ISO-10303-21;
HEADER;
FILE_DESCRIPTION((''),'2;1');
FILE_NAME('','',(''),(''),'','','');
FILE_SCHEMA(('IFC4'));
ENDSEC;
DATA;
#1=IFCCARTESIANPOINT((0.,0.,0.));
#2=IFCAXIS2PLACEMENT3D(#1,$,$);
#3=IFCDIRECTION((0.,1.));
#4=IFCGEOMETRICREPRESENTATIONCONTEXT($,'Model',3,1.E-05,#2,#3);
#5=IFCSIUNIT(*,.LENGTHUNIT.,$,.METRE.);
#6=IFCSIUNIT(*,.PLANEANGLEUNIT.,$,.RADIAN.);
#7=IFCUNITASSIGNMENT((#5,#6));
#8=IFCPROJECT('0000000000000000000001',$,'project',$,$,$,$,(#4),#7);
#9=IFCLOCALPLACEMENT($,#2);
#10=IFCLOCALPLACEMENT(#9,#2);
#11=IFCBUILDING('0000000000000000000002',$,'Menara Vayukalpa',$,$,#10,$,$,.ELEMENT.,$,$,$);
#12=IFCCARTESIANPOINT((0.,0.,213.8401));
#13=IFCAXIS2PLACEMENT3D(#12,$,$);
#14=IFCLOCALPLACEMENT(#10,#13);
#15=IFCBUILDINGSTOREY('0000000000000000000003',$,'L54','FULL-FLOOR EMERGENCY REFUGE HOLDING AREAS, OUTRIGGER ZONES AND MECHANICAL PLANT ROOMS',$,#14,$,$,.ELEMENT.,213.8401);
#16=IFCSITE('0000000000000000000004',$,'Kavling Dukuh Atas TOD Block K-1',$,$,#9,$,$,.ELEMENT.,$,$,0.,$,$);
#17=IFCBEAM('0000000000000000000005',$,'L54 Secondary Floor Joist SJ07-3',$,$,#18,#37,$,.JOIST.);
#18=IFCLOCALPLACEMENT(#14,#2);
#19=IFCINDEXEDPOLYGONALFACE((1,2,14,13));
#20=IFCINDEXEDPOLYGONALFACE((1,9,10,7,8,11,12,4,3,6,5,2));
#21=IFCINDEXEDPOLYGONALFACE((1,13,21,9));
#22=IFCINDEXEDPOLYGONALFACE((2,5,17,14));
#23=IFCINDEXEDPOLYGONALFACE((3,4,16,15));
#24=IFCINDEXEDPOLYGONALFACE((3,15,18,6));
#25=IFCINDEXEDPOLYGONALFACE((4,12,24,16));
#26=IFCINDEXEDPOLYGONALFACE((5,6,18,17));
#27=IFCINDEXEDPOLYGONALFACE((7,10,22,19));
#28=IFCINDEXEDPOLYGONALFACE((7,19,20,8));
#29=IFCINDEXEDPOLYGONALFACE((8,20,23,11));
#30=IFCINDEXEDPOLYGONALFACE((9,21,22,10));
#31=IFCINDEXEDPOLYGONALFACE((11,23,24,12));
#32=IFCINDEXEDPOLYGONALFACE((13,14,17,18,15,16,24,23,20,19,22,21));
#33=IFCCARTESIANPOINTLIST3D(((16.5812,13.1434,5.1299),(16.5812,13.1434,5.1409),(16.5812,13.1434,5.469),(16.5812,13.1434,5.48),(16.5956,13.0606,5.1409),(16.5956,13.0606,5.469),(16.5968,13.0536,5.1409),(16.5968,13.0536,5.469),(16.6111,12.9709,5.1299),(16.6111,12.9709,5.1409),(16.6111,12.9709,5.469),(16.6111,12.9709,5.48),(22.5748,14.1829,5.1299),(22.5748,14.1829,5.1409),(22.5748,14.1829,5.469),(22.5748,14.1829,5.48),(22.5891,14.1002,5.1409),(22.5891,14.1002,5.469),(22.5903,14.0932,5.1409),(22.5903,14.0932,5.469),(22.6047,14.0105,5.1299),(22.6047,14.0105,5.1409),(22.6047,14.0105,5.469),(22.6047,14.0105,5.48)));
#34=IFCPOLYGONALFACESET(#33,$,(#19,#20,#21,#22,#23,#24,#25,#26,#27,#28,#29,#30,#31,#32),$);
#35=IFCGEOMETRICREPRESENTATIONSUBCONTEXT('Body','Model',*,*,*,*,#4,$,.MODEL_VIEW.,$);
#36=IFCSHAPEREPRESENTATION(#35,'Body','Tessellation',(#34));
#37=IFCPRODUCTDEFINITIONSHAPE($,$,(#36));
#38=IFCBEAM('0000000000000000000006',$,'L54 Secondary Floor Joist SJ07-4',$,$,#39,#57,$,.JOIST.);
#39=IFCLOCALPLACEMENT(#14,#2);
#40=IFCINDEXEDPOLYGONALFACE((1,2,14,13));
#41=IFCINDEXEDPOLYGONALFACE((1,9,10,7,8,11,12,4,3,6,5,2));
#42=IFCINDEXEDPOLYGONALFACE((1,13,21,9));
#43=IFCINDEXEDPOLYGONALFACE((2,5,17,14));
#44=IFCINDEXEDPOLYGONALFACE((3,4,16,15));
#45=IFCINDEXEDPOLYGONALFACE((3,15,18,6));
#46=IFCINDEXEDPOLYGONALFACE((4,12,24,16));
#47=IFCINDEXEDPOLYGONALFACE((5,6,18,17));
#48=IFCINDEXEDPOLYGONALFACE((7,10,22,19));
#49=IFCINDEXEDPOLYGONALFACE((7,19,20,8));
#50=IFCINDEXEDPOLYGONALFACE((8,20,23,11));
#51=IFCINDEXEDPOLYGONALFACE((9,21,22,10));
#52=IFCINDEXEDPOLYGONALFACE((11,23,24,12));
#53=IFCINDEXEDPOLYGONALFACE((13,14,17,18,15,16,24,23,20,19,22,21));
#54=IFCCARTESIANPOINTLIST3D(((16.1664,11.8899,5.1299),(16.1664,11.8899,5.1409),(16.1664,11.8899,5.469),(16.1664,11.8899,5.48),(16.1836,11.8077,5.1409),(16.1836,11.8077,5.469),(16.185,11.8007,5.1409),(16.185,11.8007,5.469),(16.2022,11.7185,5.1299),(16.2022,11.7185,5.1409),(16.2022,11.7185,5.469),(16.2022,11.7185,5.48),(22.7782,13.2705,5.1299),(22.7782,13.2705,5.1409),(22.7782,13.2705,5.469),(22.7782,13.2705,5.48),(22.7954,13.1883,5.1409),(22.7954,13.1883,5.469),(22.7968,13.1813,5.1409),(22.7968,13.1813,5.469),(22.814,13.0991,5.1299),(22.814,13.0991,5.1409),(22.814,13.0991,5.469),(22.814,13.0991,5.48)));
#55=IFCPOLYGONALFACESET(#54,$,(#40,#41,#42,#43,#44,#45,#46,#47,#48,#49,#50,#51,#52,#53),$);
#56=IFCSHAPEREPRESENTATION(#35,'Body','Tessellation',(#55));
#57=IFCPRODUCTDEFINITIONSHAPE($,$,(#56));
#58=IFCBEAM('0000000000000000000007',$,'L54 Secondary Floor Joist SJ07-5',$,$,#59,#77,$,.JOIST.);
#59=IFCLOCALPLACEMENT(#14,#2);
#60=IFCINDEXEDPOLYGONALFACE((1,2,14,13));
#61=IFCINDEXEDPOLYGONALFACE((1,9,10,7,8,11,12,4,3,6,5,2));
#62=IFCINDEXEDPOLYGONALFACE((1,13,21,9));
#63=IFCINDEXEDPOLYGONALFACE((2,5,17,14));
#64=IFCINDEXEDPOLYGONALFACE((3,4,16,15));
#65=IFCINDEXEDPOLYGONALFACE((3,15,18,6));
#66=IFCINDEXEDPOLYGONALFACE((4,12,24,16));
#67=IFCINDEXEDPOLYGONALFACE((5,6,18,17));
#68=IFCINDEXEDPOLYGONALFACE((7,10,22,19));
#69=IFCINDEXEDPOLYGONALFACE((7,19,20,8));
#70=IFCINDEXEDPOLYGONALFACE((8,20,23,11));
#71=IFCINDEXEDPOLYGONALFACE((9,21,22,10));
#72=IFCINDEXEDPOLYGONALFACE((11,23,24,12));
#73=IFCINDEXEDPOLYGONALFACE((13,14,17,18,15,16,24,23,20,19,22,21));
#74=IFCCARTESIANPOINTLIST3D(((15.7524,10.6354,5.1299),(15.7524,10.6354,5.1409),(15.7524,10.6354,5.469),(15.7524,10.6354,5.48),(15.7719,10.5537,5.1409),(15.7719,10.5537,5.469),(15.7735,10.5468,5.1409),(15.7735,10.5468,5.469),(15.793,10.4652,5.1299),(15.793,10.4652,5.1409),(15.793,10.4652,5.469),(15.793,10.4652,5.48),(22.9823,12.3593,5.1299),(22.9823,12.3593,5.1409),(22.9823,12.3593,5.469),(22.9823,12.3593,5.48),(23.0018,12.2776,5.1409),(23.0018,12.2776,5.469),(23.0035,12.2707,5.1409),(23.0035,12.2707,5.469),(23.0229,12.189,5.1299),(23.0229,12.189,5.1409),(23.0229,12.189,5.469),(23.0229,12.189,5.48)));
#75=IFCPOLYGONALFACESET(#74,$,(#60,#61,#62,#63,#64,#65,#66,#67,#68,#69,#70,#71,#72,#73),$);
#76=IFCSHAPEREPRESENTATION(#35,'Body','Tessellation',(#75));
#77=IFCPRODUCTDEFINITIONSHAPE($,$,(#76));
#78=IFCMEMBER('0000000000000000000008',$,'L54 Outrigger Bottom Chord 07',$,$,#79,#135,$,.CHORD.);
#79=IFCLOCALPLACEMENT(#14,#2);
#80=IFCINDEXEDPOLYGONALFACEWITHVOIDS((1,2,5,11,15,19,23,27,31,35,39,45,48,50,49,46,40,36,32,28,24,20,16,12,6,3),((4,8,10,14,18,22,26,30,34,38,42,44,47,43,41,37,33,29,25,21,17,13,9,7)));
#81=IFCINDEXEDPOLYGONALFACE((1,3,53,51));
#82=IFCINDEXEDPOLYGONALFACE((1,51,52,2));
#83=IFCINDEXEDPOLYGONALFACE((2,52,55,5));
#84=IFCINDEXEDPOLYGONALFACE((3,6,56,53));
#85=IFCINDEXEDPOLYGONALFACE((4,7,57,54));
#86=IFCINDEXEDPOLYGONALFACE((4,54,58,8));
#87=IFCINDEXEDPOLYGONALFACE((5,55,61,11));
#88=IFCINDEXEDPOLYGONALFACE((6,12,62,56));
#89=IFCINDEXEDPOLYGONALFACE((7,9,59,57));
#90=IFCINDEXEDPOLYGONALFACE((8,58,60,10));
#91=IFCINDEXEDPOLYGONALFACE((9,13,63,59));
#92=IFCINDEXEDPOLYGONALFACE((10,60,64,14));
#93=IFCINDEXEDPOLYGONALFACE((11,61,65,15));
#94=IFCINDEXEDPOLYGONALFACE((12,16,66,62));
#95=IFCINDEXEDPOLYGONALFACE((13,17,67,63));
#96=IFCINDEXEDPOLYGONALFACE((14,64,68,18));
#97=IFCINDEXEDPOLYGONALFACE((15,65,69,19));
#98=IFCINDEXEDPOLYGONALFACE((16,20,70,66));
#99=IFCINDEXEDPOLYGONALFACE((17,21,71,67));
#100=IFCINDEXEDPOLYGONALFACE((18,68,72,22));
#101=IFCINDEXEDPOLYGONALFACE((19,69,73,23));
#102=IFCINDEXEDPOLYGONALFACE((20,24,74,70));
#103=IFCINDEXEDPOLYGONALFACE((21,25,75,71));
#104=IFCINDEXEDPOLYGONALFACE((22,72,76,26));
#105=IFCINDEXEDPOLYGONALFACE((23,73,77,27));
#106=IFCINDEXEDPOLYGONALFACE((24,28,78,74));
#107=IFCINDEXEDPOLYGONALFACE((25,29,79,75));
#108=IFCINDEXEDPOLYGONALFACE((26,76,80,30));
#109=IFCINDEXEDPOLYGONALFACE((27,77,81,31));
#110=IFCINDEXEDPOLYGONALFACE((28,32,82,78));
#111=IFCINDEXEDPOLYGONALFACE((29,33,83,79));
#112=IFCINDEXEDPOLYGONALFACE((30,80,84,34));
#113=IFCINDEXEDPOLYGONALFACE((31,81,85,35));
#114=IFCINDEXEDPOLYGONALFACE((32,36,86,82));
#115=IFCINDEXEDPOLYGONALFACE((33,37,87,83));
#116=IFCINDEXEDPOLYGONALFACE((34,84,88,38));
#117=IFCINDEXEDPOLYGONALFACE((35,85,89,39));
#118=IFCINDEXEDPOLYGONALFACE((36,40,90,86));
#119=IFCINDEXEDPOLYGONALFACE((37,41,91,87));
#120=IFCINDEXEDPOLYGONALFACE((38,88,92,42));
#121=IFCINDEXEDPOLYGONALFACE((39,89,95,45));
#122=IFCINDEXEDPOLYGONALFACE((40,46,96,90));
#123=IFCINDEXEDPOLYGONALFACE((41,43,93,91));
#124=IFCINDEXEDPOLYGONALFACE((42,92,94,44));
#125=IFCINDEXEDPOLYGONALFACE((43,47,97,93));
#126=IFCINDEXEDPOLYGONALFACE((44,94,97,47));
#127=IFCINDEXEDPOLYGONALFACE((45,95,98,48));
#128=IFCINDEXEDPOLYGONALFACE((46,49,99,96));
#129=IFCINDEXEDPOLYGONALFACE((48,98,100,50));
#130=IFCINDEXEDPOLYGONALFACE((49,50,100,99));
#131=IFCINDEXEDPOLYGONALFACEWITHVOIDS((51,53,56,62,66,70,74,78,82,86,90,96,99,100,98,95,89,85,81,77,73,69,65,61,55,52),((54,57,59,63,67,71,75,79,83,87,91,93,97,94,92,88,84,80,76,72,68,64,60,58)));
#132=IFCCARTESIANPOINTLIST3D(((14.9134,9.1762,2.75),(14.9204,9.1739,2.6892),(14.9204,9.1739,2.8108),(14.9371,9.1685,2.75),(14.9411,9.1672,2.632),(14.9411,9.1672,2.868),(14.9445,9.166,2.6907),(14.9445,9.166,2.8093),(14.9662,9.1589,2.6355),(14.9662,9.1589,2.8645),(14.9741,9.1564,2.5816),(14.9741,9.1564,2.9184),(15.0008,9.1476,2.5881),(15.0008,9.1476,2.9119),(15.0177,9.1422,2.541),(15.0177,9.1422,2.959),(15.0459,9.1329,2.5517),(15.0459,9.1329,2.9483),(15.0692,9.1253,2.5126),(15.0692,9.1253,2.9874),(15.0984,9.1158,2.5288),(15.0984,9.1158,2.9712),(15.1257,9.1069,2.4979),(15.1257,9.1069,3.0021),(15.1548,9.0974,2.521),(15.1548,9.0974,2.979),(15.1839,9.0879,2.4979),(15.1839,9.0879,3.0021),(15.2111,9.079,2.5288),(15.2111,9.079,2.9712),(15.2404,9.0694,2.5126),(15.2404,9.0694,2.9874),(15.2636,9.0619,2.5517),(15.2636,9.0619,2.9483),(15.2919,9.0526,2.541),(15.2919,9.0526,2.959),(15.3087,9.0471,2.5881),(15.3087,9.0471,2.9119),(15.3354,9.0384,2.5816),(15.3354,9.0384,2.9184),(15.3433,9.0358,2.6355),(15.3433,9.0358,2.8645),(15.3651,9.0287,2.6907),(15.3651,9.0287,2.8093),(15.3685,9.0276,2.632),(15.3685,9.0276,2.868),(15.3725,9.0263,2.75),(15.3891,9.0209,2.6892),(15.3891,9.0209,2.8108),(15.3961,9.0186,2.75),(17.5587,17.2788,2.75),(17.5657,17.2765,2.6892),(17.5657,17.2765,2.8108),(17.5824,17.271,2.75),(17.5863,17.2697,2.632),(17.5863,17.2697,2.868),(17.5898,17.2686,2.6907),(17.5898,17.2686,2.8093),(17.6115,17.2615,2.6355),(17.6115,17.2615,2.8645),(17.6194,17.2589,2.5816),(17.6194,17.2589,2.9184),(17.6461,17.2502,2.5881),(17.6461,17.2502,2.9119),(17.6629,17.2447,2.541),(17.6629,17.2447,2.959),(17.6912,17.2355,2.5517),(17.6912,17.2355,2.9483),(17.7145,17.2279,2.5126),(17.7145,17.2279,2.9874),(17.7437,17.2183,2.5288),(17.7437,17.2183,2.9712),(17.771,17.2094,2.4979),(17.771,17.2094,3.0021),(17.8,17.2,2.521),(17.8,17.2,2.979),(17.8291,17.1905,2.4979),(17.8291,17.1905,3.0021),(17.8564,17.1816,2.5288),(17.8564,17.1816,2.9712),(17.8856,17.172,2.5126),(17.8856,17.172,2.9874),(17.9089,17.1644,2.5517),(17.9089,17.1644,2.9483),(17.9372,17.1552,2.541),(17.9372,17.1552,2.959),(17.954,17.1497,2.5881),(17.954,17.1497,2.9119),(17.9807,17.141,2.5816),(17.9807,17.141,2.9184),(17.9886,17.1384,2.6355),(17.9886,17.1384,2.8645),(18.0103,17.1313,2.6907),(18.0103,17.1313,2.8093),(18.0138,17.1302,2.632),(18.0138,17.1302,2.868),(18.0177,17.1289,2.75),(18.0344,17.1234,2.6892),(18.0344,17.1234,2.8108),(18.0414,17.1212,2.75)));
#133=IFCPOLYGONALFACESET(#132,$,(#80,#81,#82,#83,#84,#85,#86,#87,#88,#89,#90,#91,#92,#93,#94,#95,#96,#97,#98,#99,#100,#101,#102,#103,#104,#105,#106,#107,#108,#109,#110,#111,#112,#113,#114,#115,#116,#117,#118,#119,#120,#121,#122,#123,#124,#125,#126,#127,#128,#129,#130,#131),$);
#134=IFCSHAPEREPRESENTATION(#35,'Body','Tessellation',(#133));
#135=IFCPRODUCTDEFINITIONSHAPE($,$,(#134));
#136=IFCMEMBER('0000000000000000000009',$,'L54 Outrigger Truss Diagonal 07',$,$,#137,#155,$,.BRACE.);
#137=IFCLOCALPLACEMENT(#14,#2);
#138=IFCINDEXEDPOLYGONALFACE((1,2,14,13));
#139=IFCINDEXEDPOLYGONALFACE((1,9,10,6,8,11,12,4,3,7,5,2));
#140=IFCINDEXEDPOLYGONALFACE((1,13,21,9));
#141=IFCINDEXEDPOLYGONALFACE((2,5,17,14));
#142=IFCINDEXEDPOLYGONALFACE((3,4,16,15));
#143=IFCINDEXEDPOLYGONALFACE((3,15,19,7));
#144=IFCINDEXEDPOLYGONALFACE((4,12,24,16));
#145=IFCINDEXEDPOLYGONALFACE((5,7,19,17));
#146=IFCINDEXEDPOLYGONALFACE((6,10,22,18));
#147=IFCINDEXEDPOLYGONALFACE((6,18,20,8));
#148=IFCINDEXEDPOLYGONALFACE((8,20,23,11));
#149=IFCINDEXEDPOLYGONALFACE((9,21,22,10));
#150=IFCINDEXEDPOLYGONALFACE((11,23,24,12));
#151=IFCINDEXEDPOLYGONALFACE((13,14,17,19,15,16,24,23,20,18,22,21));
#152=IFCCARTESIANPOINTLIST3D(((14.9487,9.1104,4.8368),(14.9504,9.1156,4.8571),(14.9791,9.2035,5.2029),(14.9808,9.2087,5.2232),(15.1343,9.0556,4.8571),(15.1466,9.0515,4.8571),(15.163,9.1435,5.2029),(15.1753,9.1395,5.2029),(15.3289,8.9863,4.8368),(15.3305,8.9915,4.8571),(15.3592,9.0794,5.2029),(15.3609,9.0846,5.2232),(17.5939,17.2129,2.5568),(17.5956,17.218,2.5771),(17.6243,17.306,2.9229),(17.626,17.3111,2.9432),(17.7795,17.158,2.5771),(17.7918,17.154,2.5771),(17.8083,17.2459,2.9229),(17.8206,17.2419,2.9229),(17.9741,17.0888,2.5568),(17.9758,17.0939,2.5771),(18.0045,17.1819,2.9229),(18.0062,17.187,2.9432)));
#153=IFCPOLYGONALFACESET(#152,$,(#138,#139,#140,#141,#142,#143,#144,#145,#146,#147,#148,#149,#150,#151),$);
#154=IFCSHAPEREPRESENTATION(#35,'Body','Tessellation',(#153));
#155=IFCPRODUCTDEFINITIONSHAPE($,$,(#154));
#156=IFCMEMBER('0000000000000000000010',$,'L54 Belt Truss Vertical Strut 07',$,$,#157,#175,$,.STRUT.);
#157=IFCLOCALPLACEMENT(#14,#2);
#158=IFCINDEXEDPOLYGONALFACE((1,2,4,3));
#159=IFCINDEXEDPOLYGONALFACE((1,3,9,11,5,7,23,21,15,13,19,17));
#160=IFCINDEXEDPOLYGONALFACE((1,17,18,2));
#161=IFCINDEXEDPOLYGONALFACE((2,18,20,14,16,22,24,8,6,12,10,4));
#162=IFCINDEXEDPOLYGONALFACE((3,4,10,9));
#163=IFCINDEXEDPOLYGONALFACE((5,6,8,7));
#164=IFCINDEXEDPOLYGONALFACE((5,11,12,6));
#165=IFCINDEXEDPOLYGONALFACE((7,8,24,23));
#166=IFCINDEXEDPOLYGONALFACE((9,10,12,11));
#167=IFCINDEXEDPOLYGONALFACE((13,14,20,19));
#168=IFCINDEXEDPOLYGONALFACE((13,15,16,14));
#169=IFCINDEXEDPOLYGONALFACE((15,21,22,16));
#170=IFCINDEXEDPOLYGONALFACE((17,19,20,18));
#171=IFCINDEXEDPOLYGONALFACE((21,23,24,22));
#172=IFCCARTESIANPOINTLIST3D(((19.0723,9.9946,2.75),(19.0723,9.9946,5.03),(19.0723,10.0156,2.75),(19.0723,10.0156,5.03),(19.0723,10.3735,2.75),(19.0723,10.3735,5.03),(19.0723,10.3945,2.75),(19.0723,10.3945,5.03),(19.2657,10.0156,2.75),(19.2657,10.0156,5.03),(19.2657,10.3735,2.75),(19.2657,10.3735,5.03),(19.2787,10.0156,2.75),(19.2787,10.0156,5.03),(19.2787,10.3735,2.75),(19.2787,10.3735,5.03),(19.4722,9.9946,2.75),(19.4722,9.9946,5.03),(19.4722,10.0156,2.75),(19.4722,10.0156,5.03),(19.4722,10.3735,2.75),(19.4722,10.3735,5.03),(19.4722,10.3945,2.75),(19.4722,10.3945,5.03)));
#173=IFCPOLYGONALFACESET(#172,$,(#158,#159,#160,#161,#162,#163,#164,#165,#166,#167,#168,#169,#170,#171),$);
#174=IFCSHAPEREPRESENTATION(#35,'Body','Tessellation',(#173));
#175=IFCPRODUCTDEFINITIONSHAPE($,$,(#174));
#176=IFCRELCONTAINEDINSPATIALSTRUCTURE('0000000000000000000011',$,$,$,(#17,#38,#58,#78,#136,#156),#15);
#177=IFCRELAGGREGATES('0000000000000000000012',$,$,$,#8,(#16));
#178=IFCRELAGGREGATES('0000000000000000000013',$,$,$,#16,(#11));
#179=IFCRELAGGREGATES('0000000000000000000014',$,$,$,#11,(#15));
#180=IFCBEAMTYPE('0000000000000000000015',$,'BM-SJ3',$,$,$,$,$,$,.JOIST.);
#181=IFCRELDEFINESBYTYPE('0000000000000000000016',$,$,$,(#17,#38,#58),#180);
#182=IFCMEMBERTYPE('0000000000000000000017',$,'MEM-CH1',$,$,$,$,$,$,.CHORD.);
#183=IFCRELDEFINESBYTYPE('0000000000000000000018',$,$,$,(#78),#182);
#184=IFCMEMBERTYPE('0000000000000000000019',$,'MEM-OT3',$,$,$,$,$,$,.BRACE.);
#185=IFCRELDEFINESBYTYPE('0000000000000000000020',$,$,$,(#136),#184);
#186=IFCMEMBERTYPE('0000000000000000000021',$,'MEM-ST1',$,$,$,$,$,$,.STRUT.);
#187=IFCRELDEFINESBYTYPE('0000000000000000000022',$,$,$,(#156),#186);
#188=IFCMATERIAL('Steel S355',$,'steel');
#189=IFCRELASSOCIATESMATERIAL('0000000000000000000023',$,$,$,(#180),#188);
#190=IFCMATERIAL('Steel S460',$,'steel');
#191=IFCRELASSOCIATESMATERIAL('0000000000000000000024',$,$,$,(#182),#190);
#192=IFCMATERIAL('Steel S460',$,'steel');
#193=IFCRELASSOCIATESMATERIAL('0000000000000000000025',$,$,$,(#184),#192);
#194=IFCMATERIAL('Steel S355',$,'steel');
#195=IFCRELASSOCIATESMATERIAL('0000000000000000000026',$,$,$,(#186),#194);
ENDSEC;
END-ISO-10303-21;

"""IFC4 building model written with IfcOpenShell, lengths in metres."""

from ifc_helpers import new_model, si_unit, direction, frame, origin, origin_2d, place, context, subcontext, project, spatial, hollow_circle, i_section, extrude, material, material_profile, profile_set, type_object, element, save


model = new_model("IFC4")

# Units and contexts
model_context = context("Model", 3, precision=1e-05, world=origin(), true_north=direction((0.0, 1.0)))
body_context = subcontext(model_context, "Body", "Model", "MODEL_VIEW")
ifc_project = project(units=[si_unit("LENGTHUNIT", "METRE"), si_unit("PLANEANGLEUNIT", "RADIAN")], contexts=[model_context])

# Site, building, storey
site_placement = place(None, origin())
site = spatial("IfcSite", under=ifc_project, at=site_placement, Name="Kavling Dukuh Atas TOD Block K-1", CompositionType="ELEMENT", RefElevation=0.0)
building_placement = place(site_placement, origin())
building = spatial("IfcBuilding", under=site, at=building_placement, Name="Menara Vayukalpa", CompositionType="ELEMENT")
storey_placement = place(building_placement, frame((0.0, 0.0, 213.8401)))
storey = spatial("IfcBuildingStorey", under=building, at=storey_placement, Name="L54", Description="FULL-FLOOR EMERGENCY REFUGE HOLDING AREAS, OUTRIGGER ZONES AND MECHANICAL PLANT ROOMS", CompositionType="ELEMENT", Elevation=213.8401)

# Beams
ifc_material_1 = material(Name="Steel S355", Category="steel")
ifc_material_profile_1 = material_profile(ifc_material_1, i_section(OverallWidth=0.175, OverallDepth=0.3501, WebThickness=0.0071, FlangeThickness=0.011, at=origin_2d()), Name="WF 350x175x7x11")
ifc_profile_set_1 = profile_set([ifc_material_profile_1], Name="Steel S355")
beam_type_1 = type_object("IfcBeamType", Name="BM-SJ3", PredefinedType="JOIST", material=ifc_profile_set_1)
beam_1_placement = place(storey_placement, frame((16.5962, 13.0571, 5.3049), z_axis=(0.985289, 0.170897, 0.0), x_axis=(-0.170897, 0.985289, 0.0)))
element("IfcBeam", 1, at=beam_1_placement, inside=storey, type_object=beam_type_1, Name="L54 Secondary Floor Joist SJ07-3", PredefinedType="JOIST", context=body_context, shape_type="SweptSolid", body=[
    extrude(i_section(OverallWidth=0.175, OverallDepth=0.3501, WebThickness=0.0071, FlangeThickness=0.011, at=origin_2d()), origin(), (0.0, 0.0, 1.0), 6.083),
])
beam_2_placement = place(storey_placement, frame((16.1843, 11.8042, 5.3049), z_axis=(0.978887, 0.204402, 0.0), x_axis=(-0.204402, 0.978887, 0.0)))
element("IfcBeam", 2, at=beam_2_placement, inside=storey, type_object=beam_type_1, Name="L54 Secondary Floor Joist SJ07-4", PredefinedType="JOIST", context=body_context, shape_type="SweptSolid", body=[
    extrude(i_section(OverallWidth=0.175, OverallDepth=0.3501, WebThickness=0.0071, FlangeThickness=0.011, at=origin_2d()), origin(), (0.0, 0.0, 1.0), 6.7544),
])
beam_3_placement = place(storey_placement, frame((15.7727, 10.5503, 5.3049), z_axis=(0.972732, 0.231933, 0.0), x_axis=(-0.231933, 0.972732, 0.0)))
element("IfcBeam", 3, at=beam_3_placement, inside=storey, type_object=beam_type_1, Name="L54 Secondary Floor Joist SJ07-5", PredefinedType="JOIST", context=body_context, shape_type="SweptSolid", body=[
    extrude(i_section(OverallWidth=0.175, OverallDepth=0.3501, WebThickness=0.0071, FlangeThickness=0.011, at=origin_2d()), origin(), (0.0, 0.0, 1.0), 7.4326),
])

# Members
ifc_material_2 = material(Name="Steel S460", Category="steel")
ifc_material_profile_2 = material_profile(ifc_material_2, hollow_circle(Radius=0.2539, WallThickness=0.0249, at=origin_2d()), Name="CHS 508.0x25")
ifc_profile_set_2 = profile_set([ifc_material_profile_2], Name="Steel S460")
member_type_1 = type_object("IfcMemberType", Name="MEM-CH1", PredefinedType="CHORD", material=ifc_profile_set_2)
member_1_placement = place(storey_placement, frame((17.8, 17.2, 2.75), z_axis=(-0.310353, -0.950621, 0.0), x_axis=(0.950621, -0.310353, 0.0)))
element("IfcMember", 4, at=member_1_placement, inside=storey, type_object=member_type_1, Name="L54 Outrigger Bottom Chord 07", PredefinedType="CHORD", context=body_context, shape_type="SweptSolid", body=[
    extrude(hollow_circle(Radius=0.2539, WallThickness=0.0249, at=origin_2d()), origin(), (0.0, 0.0, 1.0), 8.5234),
])
ifc_material_3 = material(Name="Steel S460", Category="steel")
ifc_material_profile_3 = material_profile(ifc_material_3, i_section(OverallWidth=0.3999, OverallDepth=0.3999, WebThickness=0.0129, FlangeThickness=0.021, at=origin_2d()), Name="H 400x400x13x21")
ifc_profile_set_3 = profile_set([ifc_material_profile_3], Name="Steel S460")
member_type_2 = type_object("IfcMemberType", Name="MEM-OT3", PredefinedType="BRACE", material=ifc_profile_set_3)
member_2_placement = place(storey_placement, frame((17.8, 17.2, 2.75), z_axis=(-0.299811, -0.918332, 0.258416), x_axis=(0.950621, -0.310353, 0.0)))
element("IfcMember", 5, at=member_2_placement, inside=storey, type_object=member_type_2, Name="L54 Outrigger Truss Diagonal 07", PredefinedType="BRACE", context=body_context, shape_type="SweptSolid", body=[
    extrude(i_section(OverallWidth=0.3999, OverallDepth=0.3999, WebThickness=0.0129, FlangeThickness=0.021, at=origin_2d()), origin(), (0.0, 0.0, 1.0), 8.823),
])
ifc_material_4 = material(Name="Steel S355", Category="steel")
ifc_material_profile_4 = material_profile(ifc_material_4, i_section(OverallWidth=0.3999, OverallDepth=0.3999, WebThickness=0.0129, FlangeThickness=0.021, at=origin_2d()), Name="H 400x400x13x21")
ifc_profile_set_4 = profile_set([ifc_material_profile_4], Name="Steel S355")
member_type_3 = type_object("IfcMemberType", Name="MEM-ST1", PredefinedType="STRUT", material=ifc_profile_set_4)
member_3_placement = place(storey_placement, frame((19.2722, 10.1946, 2.75), z_axis=(0.0, 0.0, 1.0), x_axis=(1.0, 0.0, 0.0)))
element("IfcMember", 6, at=member_3_placement, inside=storey, type_object=member_type_3, Name="L54 Belt Truss Vertical Strut 07", PredefinedType="STRUT", context=body_context, shape_type="SweptSolid", body=[
    extrude(i_section(OverallWidth=0.3999, OverallDepth=0.3999, WebThickness=0.0129, FlangeThickness=0.021, at=origin_2d()), origin(), (0.0, 0.0, 1.0), 2.28),
])

save(model, "model.ifc")
